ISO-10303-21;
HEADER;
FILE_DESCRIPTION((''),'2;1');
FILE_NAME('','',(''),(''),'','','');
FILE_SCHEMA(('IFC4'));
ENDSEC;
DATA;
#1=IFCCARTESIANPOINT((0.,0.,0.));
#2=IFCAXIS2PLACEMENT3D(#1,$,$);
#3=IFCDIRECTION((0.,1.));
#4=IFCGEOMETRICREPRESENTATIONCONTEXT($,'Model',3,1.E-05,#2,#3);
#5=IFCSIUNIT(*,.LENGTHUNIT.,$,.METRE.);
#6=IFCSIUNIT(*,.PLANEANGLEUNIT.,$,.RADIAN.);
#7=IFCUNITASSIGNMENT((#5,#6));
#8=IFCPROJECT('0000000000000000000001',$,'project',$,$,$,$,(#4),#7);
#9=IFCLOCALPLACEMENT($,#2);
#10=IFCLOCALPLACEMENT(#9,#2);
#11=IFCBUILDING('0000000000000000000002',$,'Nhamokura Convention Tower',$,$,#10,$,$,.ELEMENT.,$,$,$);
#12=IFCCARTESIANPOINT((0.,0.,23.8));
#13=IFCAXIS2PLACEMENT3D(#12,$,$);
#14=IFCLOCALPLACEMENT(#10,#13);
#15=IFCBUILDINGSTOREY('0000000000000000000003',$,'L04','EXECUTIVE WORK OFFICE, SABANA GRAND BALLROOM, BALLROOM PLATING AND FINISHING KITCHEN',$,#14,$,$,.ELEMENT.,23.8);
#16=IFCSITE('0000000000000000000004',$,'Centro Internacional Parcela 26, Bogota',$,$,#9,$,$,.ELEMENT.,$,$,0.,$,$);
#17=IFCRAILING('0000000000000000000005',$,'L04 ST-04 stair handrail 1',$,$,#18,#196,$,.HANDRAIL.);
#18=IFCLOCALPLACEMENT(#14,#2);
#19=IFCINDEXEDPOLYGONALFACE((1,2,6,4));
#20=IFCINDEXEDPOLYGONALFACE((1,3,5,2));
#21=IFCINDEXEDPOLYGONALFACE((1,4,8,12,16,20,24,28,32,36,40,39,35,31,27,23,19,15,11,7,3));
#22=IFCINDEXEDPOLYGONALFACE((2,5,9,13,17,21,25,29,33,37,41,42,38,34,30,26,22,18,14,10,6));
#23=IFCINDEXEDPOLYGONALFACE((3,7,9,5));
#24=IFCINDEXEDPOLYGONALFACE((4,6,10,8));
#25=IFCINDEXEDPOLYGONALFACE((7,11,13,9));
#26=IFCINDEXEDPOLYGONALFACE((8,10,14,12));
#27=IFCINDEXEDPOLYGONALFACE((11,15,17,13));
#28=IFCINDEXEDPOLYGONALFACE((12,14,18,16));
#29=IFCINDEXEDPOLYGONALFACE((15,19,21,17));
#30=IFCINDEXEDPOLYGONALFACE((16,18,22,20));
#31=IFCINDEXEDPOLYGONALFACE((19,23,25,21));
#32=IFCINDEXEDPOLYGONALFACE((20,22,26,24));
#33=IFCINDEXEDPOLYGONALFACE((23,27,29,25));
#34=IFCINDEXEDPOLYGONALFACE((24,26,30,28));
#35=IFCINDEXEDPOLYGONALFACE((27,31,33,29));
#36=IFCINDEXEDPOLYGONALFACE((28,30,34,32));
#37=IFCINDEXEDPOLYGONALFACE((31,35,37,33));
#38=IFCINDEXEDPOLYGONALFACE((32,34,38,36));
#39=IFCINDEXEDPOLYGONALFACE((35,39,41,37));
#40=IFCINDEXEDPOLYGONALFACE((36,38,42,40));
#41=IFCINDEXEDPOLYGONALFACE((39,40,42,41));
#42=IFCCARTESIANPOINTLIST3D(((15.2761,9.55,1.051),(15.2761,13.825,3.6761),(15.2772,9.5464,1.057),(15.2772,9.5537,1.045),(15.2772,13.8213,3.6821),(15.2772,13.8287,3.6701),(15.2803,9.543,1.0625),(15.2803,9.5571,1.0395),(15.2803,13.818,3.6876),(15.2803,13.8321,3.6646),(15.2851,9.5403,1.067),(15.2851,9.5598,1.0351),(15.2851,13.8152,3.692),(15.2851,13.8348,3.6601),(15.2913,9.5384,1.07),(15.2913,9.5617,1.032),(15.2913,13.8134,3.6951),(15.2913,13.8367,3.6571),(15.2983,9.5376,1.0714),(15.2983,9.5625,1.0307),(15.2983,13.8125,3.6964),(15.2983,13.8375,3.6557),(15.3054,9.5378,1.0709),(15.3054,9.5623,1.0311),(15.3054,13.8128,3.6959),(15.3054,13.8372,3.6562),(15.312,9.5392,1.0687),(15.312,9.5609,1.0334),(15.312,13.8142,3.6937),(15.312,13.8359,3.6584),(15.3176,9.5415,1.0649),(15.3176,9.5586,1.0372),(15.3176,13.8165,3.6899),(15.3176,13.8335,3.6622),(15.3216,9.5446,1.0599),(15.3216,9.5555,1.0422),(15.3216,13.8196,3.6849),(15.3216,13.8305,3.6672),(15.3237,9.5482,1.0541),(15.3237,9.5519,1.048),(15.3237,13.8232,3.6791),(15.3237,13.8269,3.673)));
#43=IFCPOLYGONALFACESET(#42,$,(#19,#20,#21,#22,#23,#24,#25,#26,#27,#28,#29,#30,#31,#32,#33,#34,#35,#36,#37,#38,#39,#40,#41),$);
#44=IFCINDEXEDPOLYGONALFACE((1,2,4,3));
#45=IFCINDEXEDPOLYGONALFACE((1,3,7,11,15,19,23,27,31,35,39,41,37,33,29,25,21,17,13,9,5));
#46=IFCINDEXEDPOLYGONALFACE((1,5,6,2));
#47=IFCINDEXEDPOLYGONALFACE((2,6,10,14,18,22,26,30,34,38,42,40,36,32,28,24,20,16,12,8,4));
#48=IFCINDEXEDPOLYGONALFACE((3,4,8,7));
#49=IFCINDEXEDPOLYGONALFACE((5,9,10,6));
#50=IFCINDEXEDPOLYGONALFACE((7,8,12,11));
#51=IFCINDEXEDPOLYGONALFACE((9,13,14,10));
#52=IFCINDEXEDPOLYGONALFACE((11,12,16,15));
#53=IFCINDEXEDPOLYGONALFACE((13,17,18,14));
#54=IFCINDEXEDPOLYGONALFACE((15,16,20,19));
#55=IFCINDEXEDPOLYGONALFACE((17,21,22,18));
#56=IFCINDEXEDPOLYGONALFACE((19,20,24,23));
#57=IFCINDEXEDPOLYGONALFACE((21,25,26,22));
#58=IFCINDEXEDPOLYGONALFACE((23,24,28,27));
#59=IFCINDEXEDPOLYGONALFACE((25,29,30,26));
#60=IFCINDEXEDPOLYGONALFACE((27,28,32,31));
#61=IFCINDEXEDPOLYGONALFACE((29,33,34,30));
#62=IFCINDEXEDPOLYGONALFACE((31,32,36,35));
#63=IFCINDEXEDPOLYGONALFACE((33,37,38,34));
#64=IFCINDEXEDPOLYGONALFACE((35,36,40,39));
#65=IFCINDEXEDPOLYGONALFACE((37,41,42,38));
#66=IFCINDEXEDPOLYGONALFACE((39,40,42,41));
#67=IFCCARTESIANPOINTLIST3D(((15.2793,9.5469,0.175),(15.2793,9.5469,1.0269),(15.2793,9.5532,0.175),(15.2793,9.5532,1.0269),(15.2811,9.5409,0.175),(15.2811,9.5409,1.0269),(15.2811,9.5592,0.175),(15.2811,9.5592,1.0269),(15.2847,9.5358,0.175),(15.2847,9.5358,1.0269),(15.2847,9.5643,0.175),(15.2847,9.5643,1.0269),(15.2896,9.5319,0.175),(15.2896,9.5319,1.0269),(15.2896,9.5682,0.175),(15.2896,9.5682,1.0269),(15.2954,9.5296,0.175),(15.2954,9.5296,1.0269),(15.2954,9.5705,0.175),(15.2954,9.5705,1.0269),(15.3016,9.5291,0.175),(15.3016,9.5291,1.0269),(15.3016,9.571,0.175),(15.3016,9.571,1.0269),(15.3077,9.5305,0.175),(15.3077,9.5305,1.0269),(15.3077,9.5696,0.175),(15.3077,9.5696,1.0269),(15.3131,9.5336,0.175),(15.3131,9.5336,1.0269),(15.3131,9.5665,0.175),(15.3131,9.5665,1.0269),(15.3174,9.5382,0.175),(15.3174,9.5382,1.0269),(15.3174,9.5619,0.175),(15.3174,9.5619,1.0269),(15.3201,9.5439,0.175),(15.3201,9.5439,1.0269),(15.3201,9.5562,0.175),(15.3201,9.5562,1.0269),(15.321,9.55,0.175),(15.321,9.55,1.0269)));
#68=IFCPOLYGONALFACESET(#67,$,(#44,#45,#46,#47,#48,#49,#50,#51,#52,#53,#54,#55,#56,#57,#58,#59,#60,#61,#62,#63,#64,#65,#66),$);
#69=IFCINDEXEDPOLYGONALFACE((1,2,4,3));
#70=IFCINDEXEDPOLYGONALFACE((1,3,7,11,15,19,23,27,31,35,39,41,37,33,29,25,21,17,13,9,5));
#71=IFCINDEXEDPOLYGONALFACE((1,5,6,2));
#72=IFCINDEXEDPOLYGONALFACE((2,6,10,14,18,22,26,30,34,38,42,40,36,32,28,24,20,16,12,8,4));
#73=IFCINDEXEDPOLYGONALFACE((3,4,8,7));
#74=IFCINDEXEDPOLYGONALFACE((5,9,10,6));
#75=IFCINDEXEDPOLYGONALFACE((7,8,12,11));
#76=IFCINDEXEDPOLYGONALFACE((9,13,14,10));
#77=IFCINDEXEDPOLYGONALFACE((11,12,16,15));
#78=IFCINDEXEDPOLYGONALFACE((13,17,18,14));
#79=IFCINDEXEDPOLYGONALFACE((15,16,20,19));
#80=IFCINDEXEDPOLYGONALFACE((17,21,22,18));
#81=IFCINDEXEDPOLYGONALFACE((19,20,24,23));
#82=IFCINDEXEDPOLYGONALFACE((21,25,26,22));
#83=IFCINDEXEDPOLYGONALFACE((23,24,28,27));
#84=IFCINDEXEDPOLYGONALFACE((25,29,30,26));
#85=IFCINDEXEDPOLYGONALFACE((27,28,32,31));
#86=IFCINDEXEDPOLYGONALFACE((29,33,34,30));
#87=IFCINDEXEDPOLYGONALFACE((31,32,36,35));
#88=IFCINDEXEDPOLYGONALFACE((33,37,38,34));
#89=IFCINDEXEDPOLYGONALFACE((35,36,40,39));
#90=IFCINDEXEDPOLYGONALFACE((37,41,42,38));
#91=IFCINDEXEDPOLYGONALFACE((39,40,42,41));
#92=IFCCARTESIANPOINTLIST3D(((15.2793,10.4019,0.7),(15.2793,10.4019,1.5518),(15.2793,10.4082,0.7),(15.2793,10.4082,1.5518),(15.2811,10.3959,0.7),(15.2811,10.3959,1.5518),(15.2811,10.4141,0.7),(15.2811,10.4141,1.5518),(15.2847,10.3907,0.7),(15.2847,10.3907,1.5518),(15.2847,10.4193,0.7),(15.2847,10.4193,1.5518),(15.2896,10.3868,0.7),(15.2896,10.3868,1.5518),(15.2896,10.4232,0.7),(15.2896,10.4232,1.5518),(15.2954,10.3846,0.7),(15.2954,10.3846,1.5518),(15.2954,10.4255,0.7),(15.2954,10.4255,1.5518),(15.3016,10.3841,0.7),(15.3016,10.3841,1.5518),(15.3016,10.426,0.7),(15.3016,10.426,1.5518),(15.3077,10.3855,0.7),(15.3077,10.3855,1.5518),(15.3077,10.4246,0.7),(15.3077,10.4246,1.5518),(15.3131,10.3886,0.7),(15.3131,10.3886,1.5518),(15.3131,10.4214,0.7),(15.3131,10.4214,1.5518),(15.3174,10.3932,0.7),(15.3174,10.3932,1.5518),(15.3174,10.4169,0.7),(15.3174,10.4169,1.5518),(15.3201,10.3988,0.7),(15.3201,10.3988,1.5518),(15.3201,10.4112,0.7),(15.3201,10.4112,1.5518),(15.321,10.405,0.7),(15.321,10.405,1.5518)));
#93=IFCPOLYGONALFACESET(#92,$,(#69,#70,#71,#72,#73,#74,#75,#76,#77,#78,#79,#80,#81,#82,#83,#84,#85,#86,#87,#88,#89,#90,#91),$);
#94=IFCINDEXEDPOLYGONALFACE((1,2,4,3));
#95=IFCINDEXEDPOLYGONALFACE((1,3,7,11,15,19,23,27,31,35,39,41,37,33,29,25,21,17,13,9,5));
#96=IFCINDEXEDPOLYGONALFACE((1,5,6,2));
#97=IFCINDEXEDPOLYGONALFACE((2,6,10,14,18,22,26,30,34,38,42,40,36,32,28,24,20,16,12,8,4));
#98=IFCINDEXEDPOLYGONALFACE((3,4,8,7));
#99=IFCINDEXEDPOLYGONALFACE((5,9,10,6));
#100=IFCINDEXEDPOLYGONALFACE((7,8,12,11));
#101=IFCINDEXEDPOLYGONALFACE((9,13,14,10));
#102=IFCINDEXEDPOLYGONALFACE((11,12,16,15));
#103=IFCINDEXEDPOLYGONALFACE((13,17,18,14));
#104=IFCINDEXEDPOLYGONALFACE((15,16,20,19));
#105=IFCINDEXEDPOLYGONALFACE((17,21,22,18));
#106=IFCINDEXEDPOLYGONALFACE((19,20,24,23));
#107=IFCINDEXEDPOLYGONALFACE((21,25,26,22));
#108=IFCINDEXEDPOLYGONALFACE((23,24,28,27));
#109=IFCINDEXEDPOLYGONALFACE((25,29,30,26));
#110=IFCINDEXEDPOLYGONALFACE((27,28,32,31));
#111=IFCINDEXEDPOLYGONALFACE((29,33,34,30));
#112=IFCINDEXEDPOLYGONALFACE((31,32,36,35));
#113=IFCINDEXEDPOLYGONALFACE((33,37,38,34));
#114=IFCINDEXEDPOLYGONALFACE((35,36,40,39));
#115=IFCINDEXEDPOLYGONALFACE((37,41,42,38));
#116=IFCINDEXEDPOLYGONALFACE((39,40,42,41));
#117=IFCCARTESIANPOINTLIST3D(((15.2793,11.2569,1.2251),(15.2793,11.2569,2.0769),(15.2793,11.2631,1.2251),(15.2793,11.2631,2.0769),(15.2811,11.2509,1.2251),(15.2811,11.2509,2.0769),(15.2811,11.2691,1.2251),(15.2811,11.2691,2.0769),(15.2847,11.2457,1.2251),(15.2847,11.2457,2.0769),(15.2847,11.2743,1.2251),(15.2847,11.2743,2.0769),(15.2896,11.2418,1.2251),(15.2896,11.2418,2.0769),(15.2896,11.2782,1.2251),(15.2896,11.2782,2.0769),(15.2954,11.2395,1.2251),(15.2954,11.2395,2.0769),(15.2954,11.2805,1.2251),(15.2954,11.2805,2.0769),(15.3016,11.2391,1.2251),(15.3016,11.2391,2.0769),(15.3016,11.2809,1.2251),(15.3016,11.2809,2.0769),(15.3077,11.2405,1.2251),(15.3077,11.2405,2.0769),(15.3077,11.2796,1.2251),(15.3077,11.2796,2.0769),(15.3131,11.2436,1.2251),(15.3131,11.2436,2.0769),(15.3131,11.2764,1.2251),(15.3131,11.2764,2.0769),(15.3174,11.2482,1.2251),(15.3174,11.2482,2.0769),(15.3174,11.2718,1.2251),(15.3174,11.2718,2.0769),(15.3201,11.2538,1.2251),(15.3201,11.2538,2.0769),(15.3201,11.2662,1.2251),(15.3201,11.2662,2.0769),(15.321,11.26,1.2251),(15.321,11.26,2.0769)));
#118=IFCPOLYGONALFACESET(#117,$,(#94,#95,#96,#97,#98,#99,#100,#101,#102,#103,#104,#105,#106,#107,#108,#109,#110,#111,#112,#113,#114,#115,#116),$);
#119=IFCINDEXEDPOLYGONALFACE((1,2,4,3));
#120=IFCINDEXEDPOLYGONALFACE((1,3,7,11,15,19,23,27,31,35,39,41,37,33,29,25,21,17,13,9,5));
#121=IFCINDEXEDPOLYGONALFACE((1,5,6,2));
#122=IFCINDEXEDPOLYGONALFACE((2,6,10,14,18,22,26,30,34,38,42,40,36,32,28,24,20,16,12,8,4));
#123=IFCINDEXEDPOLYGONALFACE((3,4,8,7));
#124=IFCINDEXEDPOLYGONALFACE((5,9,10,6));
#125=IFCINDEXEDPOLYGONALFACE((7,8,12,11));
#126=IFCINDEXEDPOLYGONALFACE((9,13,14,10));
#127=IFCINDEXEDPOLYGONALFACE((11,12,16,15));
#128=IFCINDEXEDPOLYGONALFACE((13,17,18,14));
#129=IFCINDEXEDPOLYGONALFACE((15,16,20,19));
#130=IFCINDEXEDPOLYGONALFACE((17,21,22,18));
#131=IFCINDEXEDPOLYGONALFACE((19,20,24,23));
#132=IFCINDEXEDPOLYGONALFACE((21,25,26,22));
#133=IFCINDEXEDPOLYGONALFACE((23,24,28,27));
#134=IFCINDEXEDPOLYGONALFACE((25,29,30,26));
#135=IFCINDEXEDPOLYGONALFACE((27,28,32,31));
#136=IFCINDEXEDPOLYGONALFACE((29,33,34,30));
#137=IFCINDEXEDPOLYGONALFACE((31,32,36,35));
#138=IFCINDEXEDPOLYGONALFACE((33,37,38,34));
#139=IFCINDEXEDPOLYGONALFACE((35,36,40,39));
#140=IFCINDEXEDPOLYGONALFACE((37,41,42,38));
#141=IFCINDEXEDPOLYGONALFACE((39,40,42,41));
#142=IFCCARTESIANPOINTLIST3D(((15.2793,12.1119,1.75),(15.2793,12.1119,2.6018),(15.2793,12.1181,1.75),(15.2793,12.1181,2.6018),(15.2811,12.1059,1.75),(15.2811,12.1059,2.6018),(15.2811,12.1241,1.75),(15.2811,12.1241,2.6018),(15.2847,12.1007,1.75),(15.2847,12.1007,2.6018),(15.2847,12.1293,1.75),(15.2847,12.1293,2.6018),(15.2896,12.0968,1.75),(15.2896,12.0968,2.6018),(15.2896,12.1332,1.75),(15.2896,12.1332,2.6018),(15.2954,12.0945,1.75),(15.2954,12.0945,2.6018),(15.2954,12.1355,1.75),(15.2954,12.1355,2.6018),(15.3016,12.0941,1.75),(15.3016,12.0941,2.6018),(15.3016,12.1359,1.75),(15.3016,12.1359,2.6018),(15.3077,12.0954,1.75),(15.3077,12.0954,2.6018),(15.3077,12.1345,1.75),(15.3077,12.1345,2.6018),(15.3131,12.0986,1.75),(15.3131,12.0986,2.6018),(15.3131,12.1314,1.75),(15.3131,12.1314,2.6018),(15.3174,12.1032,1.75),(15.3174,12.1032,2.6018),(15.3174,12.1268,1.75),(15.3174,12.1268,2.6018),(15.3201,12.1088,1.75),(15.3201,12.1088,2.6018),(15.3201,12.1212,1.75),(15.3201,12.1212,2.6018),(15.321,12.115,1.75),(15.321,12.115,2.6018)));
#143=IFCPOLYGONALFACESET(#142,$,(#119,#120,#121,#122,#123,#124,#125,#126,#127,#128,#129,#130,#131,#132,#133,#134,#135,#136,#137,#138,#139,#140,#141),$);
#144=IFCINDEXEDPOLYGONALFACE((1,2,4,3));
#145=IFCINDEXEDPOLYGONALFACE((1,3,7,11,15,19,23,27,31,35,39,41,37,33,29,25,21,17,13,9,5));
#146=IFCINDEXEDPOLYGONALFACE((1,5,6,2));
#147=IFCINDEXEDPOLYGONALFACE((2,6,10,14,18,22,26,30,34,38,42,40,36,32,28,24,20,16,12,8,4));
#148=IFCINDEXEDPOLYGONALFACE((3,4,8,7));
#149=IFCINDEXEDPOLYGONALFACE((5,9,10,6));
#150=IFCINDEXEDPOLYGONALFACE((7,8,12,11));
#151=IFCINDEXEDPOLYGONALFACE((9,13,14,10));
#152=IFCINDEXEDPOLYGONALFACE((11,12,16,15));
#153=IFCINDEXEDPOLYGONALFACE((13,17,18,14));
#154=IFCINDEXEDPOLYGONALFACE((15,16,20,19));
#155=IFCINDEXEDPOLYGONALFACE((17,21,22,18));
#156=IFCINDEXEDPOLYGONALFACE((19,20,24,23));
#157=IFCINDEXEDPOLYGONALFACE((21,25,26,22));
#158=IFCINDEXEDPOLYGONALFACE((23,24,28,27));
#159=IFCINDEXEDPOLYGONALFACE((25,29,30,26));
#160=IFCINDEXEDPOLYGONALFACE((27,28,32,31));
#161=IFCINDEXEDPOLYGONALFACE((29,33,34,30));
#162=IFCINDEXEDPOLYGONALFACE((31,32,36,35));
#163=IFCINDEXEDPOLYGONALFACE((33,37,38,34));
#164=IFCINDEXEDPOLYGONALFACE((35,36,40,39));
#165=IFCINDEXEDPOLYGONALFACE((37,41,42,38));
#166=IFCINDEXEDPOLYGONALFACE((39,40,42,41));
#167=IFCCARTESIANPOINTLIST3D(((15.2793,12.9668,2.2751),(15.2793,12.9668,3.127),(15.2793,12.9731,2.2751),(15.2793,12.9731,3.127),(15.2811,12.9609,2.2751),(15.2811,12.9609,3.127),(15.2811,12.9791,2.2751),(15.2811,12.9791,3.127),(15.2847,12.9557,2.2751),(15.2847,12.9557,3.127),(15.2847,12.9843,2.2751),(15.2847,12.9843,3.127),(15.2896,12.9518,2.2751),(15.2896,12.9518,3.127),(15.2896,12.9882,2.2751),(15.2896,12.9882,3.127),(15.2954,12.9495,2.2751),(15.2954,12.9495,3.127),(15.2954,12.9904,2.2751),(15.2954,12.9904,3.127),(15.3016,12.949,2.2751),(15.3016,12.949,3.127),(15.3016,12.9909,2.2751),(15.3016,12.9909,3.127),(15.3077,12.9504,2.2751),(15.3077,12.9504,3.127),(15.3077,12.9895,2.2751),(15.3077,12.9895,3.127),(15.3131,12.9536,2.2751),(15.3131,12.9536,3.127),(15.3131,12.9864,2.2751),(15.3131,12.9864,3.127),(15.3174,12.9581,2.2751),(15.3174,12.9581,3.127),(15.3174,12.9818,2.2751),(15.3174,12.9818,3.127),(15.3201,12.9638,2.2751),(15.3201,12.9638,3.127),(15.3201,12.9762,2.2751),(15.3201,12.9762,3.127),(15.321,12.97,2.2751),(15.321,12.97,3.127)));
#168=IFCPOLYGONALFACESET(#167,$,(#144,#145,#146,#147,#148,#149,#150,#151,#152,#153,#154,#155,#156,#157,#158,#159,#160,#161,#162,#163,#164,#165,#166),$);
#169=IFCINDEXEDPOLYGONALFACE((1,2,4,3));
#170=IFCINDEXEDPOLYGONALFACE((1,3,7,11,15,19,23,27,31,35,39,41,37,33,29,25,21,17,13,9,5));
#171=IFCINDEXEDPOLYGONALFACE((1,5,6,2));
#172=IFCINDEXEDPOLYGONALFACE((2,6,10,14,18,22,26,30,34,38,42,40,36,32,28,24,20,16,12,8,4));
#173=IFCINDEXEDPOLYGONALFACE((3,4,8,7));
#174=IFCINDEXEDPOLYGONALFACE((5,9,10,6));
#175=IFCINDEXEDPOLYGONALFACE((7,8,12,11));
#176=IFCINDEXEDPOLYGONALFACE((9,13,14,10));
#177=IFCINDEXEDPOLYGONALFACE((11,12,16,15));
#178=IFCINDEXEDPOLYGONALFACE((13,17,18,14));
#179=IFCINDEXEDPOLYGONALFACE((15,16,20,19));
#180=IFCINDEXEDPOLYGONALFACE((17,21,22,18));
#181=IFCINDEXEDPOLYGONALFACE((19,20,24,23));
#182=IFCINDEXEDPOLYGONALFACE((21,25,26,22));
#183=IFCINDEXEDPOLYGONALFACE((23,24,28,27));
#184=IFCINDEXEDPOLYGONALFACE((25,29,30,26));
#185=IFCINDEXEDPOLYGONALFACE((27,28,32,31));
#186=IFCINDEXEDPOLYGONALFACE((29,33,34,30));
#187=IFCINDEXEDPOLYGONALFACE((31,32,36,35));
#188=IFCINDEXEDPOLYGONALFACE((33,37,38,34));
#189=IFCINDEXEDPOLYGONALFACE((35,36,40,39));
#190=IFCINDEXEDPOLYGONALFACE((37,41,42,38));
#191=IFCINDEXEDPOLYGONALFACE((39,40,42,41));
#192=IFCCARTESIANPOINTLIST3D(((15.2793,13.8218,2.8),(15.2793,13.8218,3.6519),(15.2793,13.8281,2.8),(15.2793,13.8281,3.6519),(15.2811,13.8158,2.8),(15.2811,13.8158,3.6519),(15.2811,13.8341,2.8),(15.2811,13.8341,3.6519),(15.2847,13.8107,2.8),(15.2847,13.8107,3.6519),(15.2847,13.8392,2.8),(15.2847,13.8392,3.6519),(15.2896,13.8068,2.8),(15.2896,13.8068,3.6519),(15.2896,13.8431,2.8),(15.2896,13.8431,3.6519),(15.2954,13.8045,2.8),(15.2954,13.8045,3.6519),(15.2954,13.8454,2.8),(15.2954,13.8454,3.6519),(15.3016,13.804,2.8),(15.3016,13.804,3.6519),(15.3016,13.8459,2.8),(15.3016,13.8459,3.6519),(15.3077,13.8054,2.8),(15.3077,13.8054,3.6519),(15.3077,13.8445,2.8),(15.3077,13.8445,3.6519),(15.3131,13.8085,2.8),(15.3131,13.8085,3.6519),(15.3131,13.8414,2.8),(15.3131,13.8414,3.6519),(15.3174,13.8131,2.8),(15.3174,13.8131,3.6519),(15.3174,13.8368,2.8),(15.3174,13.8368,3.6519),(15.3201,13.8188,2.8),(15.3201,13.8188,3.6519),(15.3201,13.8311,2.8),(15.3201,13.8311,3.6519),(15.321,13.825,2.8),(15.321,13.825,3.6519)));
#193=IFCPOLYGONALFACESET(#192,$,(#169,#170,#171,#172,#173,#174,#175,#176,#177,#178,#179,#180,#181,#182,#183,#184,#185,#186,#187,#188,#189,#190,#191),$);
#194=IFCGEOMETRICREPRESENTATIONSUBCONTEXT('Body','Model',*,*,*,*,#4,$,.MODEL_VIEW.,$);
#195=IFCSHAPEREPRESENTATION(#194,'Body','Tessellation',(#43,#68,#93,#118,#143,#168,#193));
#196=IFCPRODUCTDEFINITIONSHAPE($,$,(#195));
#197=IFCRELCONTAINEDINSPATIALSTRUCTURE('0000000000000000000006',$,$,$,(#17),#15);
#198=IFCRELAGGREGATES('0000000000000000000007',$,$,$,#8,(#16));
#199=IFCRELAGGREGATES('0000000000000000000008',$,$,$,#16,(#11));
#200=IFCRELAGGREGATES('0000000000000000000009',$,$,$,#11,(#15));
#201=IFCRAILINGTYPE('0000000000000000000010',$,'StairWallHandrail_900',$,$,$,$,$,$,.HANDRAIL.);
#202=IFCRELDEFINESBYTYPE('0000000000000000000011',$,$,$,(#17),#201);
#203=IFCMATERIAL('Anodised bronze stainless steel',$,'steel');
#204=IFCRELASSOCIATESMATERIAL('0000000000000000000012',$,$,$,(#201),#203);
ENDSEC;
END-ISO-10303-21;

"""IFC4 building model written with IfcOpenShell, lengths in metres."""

from ifc_helpers import new_model, si_unit, direction, frame, origin, origin_2d, place, context, subcontext, project, spatial, circle, extrude, material, type_object, element, save


model = new_model("IFC4")

# Units and contexts
model_context = context("Model", 3, precision=1e-05, world=origin(), true_north=direction((0.0, 1.0)))
body_context = subcontext(model_context, "Body", "Model", "MODEL_VIEW")
ifc_project = project(units=[si_unit("LENGTHUNIT", "METRE"), si_unit("PLANEANGLEUNIT", "RADIAN")], contexts=[model_context])

# Site, building, storey
site_placement = place(None, origin())
site = spatial("IfcSite", under=ifc_project, at=site_placement, Name="Centro Internacional Parcela 26, Bogota", CompositionType="ELEMENT", RefElevation=0.0)
building_placement = place(site_placement, origin())
building = spatial("IfcBuilding", under=site, at=building_placement, Name="Nhamokura Convention Tower", CompositionType="ELEMENT")
storey_placement = place(building_placement, frame((0.0, 0.0, 23.8)))
storey = spatial("IfcBuildingStorey", under=building, at=storey_placement, Name="L04", Description="EXECUTIVE WORK OFFICE, SABANA GRAND BALLROOM, BALLROOM PLATING AND FINISHING KITCHEN", CompositionType="ELEMENT", Elevation=23.8)

# Railing
ifc_material_1 = material(Name="Anodised bronze stainless steel", Category="steel")
railing_type_1 = type_object("IfcRailingType", Name="StairWallHandrail_900", PredefinedType="HANDRAIL", material=ifc_material_1)
railing_1_placement = place(storey_placement, frame((15.3, 9.55, 0.175)))
element("IfcRailing", 1, at=railing_1_placement, inside=storey, type_object=railing_type_1, Name="L04 ST-04 stair handrail 1", PredefinedType="HANDRAIL", context=body_context, shape_type="SweptSolid", body=[
    extrude(circle(Radius=0.0239, at=origin_2d()), frame((0.0, 0.0, 0.876), z_axis=(0.0, 0.852166, 0.523272), x_axis=(-1.0, 0.0, 0.0)), (0.0, 0.0, 1.0), 5.0166),
    extrude(circle(Radius=0.021, at=origin_2d()), origin(), (0.0, 0.0, 1.0), 0.8518),
    extrude(circle(Radius=0.021, at=origin_2d()), frame((0.0, 0.855, 0.5249)), (0.0, 0.0, 1.0), 0.8518),
    extrude(circle(Radius=0.021, at=origin_2d()), frame((0.0, 1.71, 1.05)), (0.0, 0.0, 1.0), 0.8518),
    extrude(circle(Radius=0.021, at=origin_2d()), frame((0.0, 2.5649, 1.575)), (0.0, 0.0, 1.0), 0.8518),
    extrude(circle(Radius=0.021, at=origin_2d()), frame((0.0, 3.4199, 2.1001)), (0.0, 0.0, 1.0), 0.8518),
    extrude(circle(Radius=0.021, at=origin_2d()), frame((0.0, 4.2749, 2.625)), (0.0, 0.0, 1.0), 0.8518),
])

save(model, "model.ifc")
